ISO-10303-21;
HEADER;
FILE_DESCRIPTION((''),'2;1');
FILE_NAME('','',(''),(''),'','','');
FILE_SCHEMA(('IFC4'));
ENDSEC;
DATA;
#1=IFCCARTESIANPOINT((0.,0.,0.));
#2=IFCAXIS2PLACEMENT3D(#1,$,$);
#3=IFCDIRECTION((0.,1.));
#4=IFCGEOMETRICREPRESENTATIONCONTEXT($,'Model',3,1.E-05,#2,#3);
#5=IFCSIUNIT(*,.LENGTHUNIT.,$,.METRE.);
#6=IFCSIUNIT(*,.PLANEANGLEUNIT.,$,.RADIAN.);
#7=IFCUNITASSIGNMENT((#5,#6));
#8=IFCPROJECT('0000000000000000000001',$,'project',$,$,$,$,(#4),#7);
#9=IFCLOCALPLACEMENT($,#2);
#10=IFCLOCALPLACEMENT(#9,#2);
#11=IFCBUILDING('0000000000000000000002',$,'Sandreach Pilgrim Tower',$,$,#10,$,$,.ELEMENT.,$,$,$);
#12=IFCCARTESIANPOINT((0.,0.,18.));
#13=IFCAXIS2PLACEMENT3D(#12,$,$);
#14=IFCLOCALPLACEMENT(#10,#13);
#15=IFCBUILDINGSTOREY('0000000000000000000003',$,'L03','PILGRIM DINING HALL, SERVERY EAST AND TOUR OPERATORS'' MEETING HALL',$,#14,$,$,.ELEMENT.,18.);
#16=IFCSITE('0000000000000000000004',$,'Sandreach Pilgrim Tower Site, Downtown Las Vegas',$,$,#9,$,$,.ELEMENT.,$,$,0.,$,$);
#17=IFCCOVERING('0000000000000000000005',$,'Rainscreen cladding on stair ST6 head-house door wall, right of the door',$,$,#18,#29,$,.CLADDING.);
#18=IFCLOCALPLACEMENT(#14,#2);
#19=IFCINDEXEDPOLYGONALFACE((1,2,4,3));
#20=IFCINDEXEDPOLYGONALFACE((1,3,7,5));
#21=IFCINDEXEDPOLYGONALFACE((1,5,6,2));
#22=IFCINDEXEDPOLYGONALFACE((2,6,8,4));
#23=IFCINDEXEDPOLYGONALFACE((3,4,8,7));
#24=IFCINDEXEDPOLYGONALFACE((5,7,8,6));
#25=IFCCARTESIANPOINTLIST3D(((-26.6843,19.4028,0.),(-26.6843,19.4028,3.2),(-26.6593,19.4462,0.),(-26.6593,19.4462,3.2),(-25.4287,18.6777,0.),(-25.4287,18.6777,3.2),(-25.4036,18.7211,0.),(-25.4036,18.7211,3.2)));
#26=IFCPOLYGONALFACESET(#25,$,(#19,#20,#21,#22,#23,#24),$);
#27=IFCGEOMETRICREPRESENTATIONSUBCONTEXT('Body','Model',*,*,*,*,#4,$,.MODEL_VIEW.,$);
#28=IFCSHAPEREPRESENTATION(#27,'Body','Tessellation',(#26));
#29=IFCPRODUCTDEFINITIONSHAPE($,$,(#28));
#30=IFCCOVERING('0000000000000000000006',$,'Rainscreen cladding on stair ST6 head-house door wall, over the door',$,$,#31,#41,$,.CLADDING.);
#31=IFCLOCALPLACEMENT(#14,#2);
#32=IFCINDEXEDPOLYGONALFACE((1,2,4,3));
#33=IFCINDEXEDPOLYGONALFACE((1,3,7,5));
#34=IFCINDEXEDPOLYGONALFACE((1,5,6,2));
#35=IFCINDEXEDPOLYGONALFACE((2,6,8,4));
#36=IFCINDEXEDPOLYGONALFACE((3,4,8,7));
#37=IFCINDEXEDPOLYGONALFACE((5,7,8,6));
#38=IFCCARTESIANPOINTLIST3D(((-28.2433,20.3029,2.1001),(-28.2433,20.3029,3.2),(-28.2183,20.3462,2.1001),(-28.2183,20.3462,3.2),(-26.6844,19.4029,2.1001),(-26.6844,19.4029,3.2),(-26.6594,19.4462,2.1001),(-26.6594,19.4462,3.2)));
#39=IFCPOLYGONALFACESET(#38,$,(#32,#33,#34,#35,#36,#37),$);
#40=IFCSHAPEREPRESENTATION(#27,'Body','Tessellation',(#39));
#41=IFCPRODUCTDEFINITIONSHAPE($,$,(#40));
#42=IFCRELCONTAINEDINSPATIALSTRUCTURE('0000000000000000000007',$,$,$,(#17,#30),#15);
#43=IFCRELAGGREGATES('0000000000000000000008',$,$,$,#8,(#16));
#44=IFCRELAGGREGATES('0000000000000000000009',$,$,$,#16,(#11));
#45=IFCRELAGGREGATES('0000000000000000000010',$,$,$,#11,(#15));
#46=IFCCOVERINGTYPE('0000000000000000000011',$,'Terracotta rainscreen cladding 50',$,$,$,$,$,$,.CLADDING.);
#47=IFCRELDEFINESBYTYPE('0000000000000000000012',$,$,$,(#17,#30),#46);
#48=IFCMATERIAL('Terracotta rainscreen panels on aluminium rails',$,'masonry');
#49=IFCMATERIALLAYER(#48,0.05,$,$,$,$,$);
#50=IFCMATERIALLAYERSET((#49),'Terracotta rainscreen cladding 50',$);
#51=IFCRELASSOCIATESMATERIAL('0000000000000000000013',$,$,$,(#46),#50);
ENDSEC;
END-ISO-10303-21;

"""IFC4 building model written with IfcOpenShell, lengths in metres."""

from ifc_helpers import new_model, si_unit, direction, frame, frame_2d, origin, place, context, subcontext, project, spatial, rectangle, extrude, material, layer, layer_set, type_object, element, save


model = new_model("IFC4")

# Units and contexts
model_context = context("Model", 3, precision=1e-05, world=origin(), true_north=direction((0.0, 1.0)))
body_context = subcontext(model_context, "Body", "Model", "MODEL_VIEW")
ifc_project = project(units=[si_unit("LENGTHUNIT", "METRE"), si_unit("PLANEANGLEUNIT", "RADIAN")], contexts=[model_context])

# Site, building, storey
site_placement = place(None, origin())
site = spatial("IfcSite", under=ifc_project, at=site_placement, Name="Sandreach Pilgrim Tower Site, Downtown Las Vegas", CompositionType="ELEMENT", RefElevation=0.0)
building_placement = place(site_placement, origin())
building = spatial("IfcBuilding", under=site, at=building_placement, Name="Sandreach Pilgrim Tower", CompositionType="ELEMENT")
storey_placement = place(building_placement, frame((0.0, 0.0, 18.0)))
storey = spatial("IfcBuildingStorey", under=building, at=storey_placement, Name="L03", Description="PILGRIM DINING HALL, SERVERY EAST AND TOUR OPERATORS' MEETING HALL", CompositionType="ELEMENT", Elevation=18.0)

# Coverings
ifc_material_1 = material(Name="Terracotta rainscreen panels on aluminium rails", Category="masonry")
ifc_layer_1 = layer(ifc_material_1, 0.05)
ifc_layer_set_1 = layer_set([ifc_layer_1], Name="Terracotta rainscreen cladding 50")
covering_type = type_object("IfcCoveringType", Name="Terracotta rainscreen cladding 50", PredefinedType="CLADDING", material=ifc_layer_set_1)
covering_1_placement = place(storey_placement, frame((-26.6719, 19.4246, 0.0), z_axis=(0.0, 0.0, 1.0), x_axis=(0.865975, -0.500087, 0.0)))
element("IfcCovering", 1, at=covering_1_placement, inside=storey, type_object=covering_type, Name="Rainscreen cladding on stair ST6 head-house door wall, right of the door", PredefinedType="CLADDING", context=body_context, shape_type="SweptSolid", body=[
    extrude(rectangle(XDim=1.45, YDim=0.05, at=frame_2d((0.7251, 0.0))), origin(), (0.0, 0.0, 1.0), 3.2),
])
covering_2_placement = place(storey_placement, frame((-28.2307, 20.3245, 2.1001), z_axis=(0.0, 0.0, 1.0), x_axis=(0.866048, -0.499961, 0.0)))
element("IfcCovering", 2, at=covering_2_placement, inside=storey, type_object=covering_type, Name="Rainscreen cladding on stair ST6 head-house door wall, over the door", PredefinedType="CLADDING", context=body_context, shape_type="SweptSolid", body=[
    extrude(rectangle(XDim=1.8, YDim=0.05, at=frame_2d((0.8999, 0.0))), origin(), (0.0, 0.0, 1.0), 1.0999),
])

save(model, "model.ifc")
